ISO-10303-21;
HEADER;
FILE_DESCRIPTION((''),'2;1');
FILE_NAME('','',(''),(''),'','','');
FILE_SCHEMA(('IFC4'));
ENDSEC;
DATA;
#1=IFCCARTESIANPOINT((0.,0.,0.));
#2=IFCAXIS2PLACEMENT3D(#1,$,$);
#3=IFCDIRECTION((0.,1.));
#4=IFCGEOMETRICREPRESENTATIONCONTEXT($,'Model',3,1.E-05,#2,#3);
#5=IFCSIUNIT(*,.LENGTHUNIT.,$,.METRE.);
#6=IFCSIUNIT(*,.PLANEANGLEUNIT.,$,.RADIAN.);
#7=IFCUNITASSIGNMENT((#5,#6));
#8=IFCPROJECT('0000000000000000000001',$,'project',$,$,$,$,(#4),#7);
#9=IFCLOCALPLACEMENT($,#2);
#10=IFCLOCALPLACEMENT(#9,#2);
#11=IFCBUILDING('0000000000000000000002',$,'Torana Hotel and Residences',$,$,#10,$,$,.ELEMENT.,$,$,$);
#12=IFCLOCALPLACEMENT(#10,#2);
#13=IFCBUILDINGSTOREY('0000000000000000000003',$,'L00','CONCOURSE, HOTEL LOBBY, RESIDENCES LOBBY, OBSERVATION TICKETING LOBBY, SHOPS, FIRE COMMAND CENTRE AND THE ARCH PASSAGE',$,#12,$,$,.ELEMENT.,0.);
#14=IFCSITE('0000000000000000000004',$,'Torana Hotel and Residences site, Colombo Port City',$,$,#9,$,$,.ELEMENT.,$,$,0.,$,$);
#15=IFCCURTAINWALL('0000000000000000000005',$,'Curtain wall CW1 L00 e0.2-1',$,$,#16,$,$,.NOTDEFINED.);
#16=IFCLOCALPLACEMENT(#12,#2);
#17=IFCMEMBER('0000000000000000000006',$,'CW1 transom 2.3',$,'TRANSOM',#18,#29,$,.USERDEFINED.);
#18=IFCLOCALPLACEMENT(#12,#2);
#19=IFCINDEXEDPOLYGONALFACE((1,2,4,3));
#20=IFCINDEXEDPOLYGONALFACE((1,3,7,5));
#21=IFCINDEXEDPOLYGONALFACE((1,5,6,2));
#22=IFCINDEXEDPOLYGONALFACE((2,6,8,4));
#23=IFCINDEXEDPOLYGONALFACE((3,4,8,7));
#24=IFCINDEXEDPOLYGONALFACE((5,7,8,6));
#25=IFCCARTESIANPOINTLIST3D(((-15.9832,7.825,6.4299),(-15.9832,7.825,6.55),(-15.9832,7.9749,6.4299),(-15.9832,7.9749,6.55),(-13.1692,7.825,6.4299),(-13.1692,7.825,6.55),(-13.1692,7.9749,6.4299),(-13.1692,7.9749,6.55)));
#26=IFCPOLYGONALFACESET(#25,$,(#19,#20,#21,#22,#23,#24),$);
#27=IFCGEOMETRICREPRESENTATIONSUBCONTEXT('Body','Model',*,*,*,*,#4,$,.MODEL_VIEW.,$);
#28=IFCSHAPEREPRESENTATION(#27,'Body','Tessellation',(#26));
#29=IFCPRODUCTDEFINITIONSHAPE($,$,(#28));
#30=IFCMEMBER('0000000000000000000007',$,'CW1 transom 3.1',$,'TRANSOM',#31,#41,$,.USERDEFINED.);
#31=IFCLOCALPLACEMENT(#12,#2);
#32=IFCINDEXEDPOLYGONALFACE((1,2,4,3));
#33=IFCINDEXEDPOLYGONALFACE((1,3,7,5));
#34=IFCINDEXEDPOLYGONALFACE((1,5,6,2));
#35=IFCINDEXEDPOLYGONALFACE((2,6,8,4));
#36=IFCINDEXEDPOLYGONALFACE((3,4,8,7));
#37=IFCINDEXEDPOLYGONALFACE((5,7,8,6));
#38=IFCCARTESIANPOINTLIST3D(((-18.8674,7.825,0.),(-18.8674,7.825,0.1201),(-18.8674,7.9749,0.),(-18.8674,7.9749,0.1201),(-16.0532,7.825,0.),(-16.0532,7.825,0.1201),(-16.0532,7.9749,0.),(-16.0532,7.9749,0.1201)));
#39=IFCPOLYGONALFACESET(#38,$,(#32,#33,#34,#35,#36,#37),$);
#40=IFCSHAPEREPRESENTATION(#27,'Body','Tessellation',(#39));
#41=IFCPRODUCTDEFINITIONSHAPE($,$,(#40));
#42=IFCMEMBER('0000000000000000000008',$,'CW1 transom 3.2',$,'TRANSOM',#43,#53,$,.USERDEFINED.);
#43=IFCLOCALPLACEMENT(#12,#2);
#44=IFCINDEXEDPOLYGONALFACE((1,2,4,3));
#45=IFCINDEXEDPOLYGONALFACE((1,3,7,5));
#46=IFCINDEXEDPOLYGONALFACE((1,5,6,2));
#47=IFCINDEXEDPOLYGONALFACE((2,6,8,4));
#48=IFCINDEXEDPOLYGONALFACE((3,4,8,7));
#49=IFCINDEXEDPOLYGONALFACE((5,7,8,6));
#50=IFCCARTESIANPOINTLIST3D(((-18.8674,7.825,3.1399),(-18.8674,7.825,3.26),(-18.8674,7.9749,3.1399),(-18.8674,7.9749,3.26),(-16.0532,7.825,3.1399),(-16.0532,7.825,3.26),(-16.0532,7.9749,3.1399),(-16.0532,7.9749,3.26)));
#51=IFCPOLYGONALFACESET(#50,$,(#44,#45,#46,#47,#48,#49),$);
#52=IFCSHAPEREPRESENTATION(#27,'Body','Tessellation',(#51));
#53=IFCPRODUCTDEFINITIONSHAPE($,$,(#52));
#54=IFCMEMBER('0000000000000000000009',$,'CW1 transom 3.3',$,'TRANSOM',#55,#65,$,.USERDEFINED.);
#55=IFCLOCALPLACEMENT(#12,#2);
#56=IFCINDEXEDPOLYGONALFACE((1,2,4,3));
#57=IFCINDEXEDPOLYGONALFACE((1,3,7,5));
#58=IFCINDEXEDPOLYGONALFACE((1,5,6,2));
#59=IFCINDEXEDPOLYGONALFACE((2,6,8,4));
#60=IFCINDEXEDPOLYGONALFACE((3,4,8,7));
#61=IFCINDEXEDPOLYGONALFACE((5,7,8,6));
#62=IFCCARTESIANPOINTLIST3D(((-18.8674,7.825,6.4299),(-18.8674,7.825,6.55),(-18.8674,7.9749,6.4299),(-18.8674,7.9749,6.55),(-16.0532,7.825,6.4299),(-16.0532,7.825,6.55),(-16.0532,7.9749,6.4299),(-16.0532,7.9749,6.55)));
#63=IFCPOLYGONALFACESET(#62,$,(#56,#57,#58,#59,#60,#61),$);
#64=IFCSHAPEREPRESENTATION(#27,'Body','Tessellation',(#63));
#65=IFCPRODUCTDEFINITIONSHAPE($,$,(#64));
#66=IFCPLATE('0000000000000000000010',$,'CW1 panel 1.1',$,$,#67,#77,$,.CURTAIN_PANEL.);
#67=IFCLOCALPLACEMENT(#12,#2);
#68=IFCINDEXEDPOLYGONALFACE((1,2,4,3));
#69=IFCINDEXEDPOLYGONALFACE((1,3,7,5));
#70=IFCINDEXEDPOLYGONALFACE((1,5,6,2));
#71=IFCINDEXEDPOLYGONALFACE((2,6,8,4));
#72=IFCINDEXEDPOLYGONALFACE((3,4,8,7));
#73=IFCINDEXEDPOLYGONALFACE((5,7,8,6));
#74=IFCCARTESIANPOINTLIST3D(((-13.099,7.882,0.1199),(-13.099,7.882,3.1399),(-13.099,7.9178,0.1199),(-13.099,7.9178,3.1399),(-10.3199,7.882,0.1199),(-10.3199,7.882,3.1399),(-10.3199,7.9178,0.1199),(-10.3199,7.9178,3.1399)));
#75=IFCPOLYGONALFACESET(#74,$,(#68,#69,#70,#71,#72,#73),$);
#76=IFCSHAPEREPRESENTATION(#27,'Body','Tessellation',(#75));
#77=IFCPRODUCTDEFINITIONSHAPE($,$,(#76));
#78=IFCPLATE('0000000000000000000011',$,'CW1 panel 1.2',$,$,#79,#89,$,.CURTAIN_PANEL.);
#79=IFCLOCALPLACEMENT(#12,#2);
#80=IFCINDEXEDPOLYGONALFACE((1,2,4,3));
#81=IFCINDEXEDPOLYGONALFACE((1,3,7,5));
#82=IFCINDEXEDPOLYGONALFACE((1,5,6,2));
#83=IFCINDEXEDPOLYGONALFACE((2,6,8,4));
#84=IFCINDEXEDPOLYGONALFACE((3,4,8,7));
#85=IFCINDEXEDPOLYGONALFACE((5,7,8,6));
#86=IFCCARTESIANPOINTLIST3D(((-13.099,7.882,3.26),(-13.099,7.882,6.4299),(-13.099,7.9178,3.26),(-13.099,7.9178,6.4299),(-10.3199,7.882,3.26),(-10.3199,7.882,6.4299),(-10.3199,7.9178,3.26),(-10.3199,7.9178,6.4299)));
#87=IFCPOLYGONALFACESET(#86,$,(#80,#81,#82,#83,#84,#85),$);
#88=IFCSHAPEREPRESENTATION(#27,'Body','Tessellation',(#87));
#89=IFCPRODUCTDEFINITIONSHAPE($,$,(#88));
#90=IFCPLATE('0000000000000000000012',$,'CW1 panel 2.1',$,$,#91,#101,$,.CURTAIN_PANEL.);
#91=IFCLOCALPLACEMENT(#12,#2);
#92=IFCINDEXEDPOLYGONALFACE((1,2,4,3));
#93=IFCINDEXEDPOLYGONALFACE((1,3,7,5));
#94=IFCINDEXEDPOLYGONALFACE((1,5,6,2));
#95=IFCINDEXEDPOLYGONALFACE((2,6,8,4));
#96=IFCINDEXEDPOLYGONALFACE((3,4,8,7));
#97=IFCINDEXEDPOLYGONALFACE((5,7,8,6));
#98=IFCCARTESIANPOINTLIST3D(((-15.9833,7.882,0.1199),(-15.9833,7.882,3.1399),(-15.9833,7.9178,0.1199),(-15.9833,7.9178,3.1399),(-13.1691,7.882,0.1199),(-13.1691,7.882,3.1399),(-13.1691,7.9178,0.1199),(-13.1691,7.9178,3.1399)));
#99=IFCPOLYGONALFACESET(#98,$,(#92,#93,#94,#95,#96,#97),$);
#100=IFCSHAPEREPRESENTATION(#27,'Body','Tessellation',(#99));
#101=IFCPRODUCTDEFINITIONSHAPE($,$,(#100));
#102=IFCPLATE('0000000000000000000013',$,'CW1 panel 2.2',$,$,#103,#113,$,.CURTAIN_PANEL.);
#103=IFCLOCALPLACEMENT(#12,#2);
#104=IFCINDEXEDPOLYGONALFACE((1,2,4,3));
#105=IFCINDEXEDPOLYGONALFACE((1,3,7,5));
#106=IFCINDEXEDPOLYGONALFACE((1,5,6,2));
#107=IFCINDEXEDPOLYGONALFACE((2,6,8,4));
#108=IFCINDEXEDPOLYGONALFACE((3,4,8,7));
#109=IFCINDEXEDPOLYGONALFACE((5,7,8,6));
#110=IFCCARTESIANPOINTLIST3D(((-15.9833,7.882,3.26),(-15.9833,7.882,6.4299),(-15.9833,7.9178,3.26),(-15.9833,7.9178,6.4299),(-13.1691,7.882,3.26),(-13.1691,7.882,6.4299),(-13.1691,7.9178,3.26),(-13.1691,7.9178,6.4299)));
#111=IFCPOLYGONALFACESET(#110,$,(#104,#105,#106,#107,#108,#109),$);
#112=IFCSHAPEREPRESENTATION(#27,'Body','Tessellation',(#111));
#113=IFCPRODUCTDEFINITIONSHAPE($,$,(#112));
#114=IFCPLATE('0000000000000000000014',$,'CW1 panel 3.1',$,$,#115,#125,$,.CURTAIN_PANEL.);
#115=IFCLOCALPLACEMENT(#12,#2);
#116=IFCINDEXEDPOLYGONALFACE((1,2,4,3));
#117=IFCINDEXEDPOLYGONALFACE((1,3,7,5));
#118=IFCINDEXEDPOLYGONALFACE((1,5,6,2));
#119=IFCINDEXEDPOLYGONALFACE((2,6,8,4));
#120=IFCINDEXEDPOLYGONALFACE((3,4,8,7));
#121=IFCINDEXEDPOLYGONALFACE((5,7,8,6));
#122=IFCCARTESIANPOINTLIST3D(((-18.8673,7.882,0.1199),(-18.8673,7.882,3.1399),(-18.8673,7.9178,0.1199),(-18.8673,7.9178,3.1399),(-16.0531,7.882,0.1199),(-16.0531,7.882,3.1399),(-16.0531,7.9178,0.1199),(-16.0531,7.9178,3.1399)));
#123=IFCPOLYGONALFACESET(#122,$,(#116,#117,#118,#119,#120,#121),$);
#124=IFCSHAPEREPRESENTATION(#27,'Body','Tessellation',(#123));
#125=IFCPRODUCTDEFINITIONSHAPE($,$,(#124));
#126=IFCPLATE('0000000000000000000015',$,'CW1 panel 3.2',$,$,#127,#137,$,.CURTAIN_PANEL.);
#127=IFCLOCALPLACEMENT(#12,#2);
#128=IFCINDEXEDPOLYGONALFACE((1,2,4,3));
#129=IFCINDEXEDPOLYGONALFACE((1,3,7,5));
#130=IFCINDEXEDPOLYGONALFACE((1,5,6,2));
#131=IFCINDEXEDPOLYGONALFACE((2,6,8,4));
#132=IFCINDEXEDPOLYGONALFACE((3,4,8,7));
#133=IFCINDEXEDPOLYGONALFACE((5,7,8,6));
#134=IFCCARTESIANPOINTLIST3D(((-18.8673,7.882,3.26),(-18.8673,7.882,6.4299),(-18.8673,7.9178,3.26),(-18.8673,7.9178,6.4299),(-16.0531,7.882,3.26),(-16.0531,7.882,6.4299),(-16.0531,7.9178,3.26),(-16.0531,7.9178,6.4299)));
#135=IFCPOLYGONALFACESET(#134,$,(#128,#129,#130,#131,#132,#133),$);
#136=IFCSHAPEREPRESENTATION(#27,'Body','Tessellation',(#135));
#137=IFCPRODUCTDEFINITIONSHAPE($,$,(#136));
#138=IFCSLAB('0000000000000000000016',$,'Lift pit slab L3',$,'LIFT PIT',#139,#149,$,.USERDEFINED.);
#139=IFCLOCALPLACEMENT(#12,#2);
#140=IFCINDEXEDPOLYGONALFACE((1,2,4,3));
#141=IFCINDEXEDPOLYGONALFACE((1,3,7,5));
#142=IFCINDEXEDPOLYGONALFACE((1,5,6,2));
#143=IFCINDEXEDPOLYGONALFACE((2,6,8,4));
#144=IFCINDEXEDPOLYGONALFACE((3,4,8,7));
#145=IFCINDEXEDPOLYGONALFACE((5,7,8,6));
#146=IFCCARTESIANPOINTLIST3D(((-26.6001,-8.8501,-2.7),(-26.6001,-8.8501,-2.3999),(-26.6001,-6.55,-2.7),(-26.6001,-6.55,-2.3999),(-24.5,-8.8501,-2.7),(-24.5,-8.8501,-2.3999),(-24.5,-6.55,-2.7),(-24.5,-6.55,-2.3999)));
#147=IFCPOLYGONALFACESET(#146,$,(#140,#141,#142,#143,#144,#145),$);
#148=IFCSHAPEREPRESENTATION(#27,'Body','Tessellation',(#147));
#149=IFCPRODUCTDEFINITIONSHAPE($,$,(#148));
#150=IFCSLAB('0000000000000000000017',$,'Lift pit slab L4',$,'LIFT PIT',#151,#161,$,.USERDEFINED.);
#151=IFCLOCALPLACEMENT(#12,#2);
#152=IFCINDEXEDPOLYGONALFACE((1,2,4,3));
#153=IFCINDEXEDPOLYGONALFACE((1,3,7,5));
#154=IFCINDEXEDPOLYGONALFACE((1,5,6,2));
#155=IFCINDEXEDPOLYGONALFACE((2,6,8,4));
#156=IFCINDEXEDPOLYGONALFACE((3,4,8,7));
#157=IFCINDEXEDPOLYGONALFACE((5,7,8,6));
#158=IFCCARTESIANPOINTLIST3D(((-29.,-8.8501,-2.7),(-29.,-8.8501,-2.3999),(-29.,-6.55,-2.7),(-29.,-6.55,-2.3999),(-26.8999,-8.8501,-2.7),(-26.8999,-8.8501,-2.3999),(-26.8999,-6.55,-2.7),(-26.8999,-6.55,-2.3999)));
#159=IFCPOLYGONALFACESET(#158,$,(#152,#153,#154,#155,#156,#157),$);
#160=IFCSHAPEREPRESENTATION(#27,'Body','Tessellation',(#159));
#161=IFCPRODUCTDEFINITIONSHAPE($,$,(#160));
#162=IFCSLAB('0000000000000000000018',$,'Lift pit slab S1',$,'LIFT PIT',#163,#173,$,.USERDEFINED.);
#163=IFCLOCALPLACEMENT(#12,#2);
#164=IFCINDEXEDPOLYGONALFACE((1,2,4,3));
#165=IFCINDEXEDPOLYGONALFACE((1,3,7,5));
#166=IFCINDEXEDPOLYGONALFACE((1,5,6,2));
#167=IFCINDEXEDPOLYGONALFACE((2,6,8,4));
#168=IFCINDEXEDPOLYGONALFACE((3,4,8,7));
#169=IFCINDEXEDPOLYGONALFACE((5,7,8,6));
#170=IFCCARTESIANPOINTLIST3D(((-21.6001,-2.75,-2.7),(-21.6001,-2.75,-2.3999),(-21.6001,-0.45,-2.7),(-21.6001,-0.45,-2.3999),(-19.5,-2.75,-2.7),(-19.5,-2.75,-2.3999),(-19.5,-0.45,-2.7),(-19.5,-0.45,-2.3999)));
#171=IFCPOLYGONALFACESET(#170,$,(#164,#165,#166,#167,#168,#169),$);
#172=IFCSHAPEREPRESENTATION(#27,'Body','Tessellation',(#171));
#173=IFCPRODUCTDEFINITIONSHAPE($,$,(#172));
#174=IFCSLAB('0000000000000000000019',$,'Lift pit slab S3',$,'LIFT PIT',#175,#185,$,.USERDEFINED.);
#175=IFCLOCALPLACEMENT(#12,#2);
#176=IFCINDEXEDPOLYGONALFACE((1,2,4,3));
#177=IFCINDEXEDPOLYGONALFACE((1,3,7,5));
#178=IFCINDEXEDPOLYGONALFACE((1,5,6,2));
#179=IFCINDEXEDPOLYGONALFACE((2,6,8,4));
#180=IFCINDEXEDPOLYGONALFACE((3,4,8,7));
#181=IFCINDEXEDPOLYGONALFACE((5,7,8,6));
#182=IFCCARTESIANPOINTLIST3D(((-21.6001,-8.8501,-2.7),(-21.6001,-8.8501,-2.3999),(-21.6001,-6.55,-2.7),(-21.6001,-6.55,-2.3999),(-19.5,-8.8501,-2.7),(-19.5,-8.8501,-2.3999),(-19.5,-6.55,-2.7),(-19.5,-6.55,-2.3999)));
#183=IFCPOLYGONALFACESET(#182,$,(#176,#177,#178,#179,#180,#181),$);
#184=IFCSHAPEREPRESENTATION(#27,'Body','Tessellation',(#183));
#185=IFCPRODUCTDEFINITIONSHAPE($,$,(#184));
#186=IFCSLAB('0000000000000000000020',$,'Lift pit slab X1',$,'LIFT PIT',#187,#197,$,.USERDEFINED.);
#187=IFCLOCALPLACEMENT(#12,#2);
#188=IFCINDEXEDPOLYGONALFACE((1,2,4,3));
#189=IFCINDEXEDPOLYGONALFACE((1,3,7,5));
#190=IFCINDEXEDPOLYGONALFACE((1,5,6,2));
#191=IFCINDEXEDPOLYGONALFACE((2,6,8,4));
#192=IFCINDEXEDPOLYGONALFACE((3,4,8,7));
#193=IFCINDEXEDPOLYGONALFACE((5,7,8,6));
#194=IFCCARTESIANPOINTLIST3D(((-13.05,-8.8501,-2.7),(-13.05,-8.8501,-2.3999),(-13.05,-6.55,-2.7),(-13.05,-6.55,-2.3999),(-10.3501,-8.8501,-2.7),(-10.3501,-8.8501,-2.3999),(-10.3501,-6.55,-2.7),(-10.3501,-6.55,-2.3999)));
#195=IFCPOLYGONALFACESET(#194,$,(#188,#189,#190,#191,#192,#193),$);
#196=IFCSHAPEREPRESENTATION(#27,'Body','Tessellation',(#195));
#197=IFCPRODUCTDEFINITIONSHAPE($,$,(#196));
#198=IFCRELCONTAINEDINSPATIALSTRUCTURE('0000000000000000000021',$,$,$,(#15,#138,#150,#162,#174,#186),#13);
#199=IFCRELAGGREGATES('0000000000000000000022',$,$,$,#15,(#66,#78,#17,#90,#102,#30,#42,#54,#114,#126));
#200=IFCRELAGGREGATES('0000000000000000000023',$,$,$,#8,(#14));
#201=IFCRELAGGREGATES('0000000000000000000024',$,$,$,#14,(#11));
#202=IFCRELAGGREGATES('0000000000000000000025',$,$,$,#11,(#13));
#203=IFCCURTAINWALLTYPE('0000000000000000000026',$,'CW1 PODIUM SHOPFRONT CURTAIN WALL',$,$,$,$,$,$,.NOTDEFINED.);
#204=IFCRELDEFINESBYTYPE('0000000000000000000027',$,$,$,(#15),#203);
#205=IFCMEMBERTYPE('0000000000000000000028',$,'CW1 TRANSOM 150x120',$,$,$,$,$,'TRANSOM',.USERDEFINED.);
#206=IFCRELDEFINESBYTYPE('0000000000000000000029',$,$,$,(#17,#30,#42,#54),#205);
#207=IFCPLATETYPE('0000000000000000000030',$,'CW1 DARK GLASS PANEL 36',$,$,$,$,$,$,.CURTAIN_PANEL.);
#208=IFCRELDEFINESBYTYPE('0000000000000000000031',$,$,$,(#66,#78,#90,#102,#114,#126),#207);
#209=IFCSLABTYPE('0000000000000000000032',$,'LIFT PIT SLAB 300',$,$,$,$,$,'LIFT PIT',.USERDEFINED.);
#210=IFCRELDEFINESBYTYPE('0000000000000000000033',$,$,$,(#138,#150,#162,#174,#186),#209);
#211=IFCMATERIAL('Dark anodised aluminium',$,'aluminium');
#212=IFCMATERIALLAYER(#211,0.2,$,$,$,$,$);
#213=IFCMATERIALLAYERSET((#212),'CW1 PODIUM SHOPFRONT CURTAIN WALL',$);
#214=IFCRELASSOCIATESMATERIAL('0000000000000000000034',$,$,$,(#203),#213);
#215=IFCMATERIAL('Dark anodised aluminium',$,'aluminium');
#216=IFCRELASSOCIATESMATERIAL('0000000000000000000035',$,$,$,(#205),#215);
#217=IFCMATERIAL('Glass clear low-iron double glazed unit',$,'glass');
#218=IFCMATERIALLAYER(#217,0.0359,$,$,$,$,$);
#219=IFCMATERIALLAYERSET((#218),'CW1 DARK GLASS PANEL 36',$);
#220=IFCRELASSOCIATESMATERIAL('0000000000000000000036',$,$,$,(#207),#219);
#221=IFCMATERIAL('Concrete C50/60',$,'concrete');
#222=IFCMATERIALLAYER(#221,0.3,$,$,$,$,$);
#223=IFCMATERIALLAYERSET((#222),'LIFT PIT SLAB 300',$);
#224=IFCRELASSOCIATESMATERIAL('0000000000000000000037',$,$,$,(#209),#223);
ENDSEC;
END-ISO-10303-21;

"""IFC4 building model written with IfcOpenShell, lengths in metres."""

from ifc_helpers import new_model, si_unit, direction, frame, origin, origin_2d, place, context, subcontext, project, spatial, polyline, rectangle, outline, extrude, material, layer, layer_set, material_profile, profile_set, type_object, element, aggregate, save


model = new_model("IFC4")

# Units and contexts
model_context = context("Model", 3, precision=1e-05, world=origin(), true_north=direction((0.0, 1.0)))
body_context = subcontext(model_context, "Body", "Model", "MODEL_VIEW")
ifc_project = project(units=[si_unit("LENGTHUNIT", "METRE"), si_unit("PLANEANGLEUNIT", "RADIAN")], contexts=[model_context])

# Site, building, storey
site_placement = place(None, origin())
site = spatial("IfcSite", under=ifc_project, at=site_placement, Name="Torana Hotel and Residences site, Colombo Port City", CompositionType="ELEMENT", RefElevation=0.0)
building_placement = place(site_placement, origin())
building = spatial("IfcBuilding", under=site, at=building_placement, Name="Torana Hotel and Residences", CompositionType="ELEMENT")
storey_placement = place(building_placement, origin())
storey = spatial("IfcBuildingStorey", under=building, at=storey_placement, Name="L00", Description="CONCOURSE, HOTEL LOBBY, RESIDENCES LOBBY, OBSERVATION TICKETING LOBBY, SHOPS, FIRE COMMAND CENTRE AND THE ARCH PASSAGE", CompositionType="ELEMENT", Elevation=0.0)

# Curtain wall, members, plates
ifc_material_1 = material(Name="Dark anodised aluminium", Category="aluminium")
ifc_layer_1 = layer(ifc_material_1, 0.2)
ifc_layer_set_1 = layer_set([ifc_layer_1], Name="CW1 PODIUM SHOPFRONT CURTAIN WALL")
curtain_wall_type = type_object("IfcCurtainWallType", Name="CW1 PODIUM SHOPFRONT CURTAIN WALL", PredefinedType="NOTDEFINED", material=ifc_layer_set_1)
curtain_wall_placement = place(storey_placement, origin())
curtain_wall = element("IfcCurtainWall", 1, at=curtain_wall_placement, inside=storey, type_object=curtain_wall_type, Name="Curtain wall CW1 L00 e0.2-1", PredefinedType="NOTDEFINED")
ifc_material_2 = material(Name="Dark anodised aluminium", Category="aluminium")
ifc_material_profile_1 = material_profile(ifc_material_2, rectangle(XDim=0.1499, YDim=0.1201, at=origin_2d()), Name="CW1 TRANSOM 150x120")
ifc_profile_set_1 = profile_set([ifc_material_profile_1], Name="Dark anodised aluminium")
member_type_1 = type_object("IfcMemberType", Name="CW1 TRANSOM 150x120", ElementType="TRANSOM", PredefinedType="USERDEFINED", material=ifc_profile_set_1)
member_1_placement = place(storey_placement, frame((-13.1692, 7.8999, 6.49), z_axis=(-1.0, 0.0, 0.0), x_axis=(0.0, -1.0, 0.0)))
member_1 = element("IfcMember", 2, at=member_1_placement, type_object=member_type_1, Name="CW1 transom 2.3", ObjectType="TRANSOM", PredefinedType="USERDEFINED", context=body_context, shape_type="SweptSolid", body=[
    extrude(rectangle(XDim=0.1499, YDim=0.1201, at=origin_2d()), origin(), (0.0, 0.0, 1.0), 2.814),
])
member_2_placement = place(storey_placement, frame((-16.0532, 7.8999, 0.0601), z_axis=(-1.0, 0.0, 0.0), x_axis=(0.0, -1.0, 0.0)))
member_2 = element("IfcMember", 3, at=member_2_placement, type_object=member_type_1, Name="CW1 transom 3.1", ObjectType="TRANSOM", PredefinedType="USERDEFINED", context=body_context, shape_type="SweptSolid", body=[
    extrude(rectangle(XDim=0.1499, YDim=0.1201, at=origin_2d()), origin(), (0.0, 0.0, 1.0), 2.8142),
])
member_3_placement = place(storey_placement, frame((-16.0532, 7.8999, 3.2), z_axis=(-1.0, 0.0, 0.0), x_axis=(0.0, -1.0, 0.0)))
member_3 = element("IfcMember", 4, at=member_3_placement, type_object=member_type_1, Name="CW1 transom 3.2", ObjectType="TRANSOM", PredefinedType="USERDEFINED", context=body_context, shape_type="SweptSolid", body=[
    extrude(rectangle(XDim=0.1499, YDim=0.1201, at=origin_2d()), origin(), (0.0, 0.0, 1.0), 2.8142),
])
member_4_placement = place(storey_placement, frame((-16.0532, 7.8999, 6.49), z_axis=(-1.0, 0.0, 0.0), x_axis=(0.0, -1.0, 0.0)))
member_4 = element("IfcMember", 5, at=member_4_placement, type_object=member_type_1, Name="CW1 transom 3.3", ObjectType="TRANSOM", PredefinedType="USERDEFINED", context=body_context, shape_type="SweptSolid", body=[
    extrude(rectangle(XDim=0.1499, YDim=0.1201, at=origin_2d()), origin(), (0.0, 0.0, 1.0), 2.8142),
])
ifc_material_3 = material(Name="Glass clear low-iron double glazed unit", Category="glass")
ifc_layer_2 = layer(ifc_material_3, 0.0359)
ifc_layer_set_2 = layer_set([ifc_layer_2], Name="CW1 DARK GLASS PANEL 36")
plate_type = type_object("IfcPlateType", Name="CW1 DARK GLASS PANEL 36", PredefinedType="CURTAIN_PANEL", material=ifc_layer_set_2)
plate_1_placement = place(storey_placement, frame((-11.7095, 7.8999, 0.1199), z_axis=(0.0, 0.0, 1.0), x_axis=(-1.0, 0.0, 0.0)))
plate_1 = element("IfcPlate", 6, at=plate_1_placement, type_object=plate_type, Name="CW1 panel 1.1", PredefinedType="CURTAIN_PANEL", context=body_context, shape_type="SweptSolid", body=[
    extrude(rectangle(XDim=2.7791, YDim=0.0359, at=origin_2d()), origin(), (0.0, 0.0, 1.0), 3.02),
])
plate_2_placement = place(storey_placement, frame((-11.7095, 7.8999, 3.26), z_axis=(0.0, 0.0, 1.0), x_axis=(-1.0, 0.0, 0.0)))
plate_2 = element("IfcPlate", 7, at=plate_2_placement, type_object=plate_type, Name="CW1 panel 1.2", PredefinedType="CURTAIN_PANEL", context=body_context, shape_type="SweptSolid", body=[
    extrude(rectangle(XDim=2.7791, YDim=0.0359, at=origin_2d()), origin(), (0.0, 0.0, 1.0), 3.1699),
])
plate_3_placement = place(storey_placement, frame((-14.5762, 7.8999, 0.1199), z_axis=(0.0, 0.0, 1.0), x_axis=(-1.0, 0.0, 0.0)))
plate_3 = element("IfcPlate", 8, at=plate_3_placement, type_object=plate_type, Name="CW1 panel 2.1", PredefinedType="CURTAIN_PANEL", context=body_context, shape_type="SweptSolid", body=[
    extrude(rectangle(XDim=2.8142, YDim=0.0359, at=origin_2d()), origin(), (0.0, 0.0, 1.0), 3.02),
])
plate_4_placement = place(storey_placement, frame((-14.5762, 7.8999, 3.26), z_axis=(0.0, 0.0, 1.0), x_axis=(-1.0, 0.0, 0.0)))
plate_4 = element("IfcPlate", 9, at=plate_4_placement, type_object=plate_type, Name="CW1 panel 2.2", PredefinedType="CURTAIN_PANEL", context=body_context, shape_type="SweptSolid", body=[
    extrude(rectangle(XDim=2.8142, YDim=0.0359, at=origin_2d()), origin(), (0.0, 0.0, 1.0), 3.1699),
])
plate_5_placement = place(storey_placement, frame((-17.4602, 7.8999, 0.1199), z_axis=(0.0, 0.0, 1.0), x_axis=(-1.0, 0.0, 0.0)))
plate_5 = element("IfcPlate", 10, at=plate_5_placement, type_object=plate_type, Name="CW1 panel 3.1", PredefinedType="CURTAIN_PANEL", context=body_context, shape_type="SweptSolid", body=[
    extrude(rectangle(XDim=2.8142, YDim=0.0359, at=origin_2d()), origin(), (0.0, 0.0, 1.0), 3.02),
])
plate_6_placement = place(storey_placement, frame((-17.4602, 7.8999, 3.26), z_axis=(0.0, 0.0, 1.0), x_axis=(-1.0, 0.0, 0.0)))
plate_6 = element("IfcPlate", 11, at=plate_6_placement, type_object=plate_type, Name="CW1 panel 3.2", PredefinedType="CURTAIN_PANEL", context=body_context, shape_type="SweptSolid", body=[
    extrude(rectangle(XDim=2.8142, YDim=0.0359, at=origin_2d()), origin(), (0.0, 0.0, 1.0), 3.1699),
])
aggregate(curtain_wall, [plate_1, plate_2, member_1, plate_3, plate_4, member_2, member_3, member_4, plate_5, plate_6])

# Slabs
ifc_material_4 = material(Name="Concrete C50/60", Category="concrete")
ifc_layer_3 = layer(ifc_material_4, 0.3)
ifc_layer_set_3 = layer_set([ifc_layer_3], Name="LIFT PIT SLAB 300")
slab_type = type_object("IfcSlabType", Name="LIFT PIT SLAB 300", ElementType="LIFT PIT", PredefinedType="USERDEFINED", material=ifc_layer_set_3)
slab_1_placement = place(storey_placement, frame((0.0, 0.0, -2.7)))
element("IfcSlab", 12, at=slab_1_placement, inside=storey, type_object=slab_type, Name="Lift pit slab L3", ObjectType="LIFT PIT", PredefinedType="USERDEFINED", context=body_context, shape_type="SweptSolid", body=[
    extrude(outline(polyline([(-26.6001, -8.8501), (-24.5, -8.8501), (-24.5, -6.55), (-26.6001, -6.55), (-26.6001, -8.8501)])), origin(), (0.0, 0.0, 1.0), 0.3),
])
slab_2_placement = place(storey_placement, frame((0.0, 0.0, -2.7)))
element("IfcSlab", 13, at=slab_2_placement, inside=storey, type_object=slab_type, Name="Lift pit slab L4", ObjectType="LIFT PIT", PredefinedType="USERDEFINED", context=body_context, shape_type="SweptSolid", body=[
    extrude(outline(polyline([(-29.0, -8.8501), (-26.8999, -8.8501), (-26.8999, -6.55), (-29.0, -6.55), (-29.0, -8.8501)])), origin(), (0.0, 0.0, 1.0), 0.3),
])
slab_3_placement = place(storey_placement, frame((0.0, 0.0, -2.7)))
element("IfcSlab", 14, at=slab_3_placement, inside=storey, type_object=slab_type, Name="Lift pit slab S1", ObjectType="LIFT PIT", PredefinedType="USERDEFINED", context=body_context, shape_type="SweptSolid", body=[
    extrude(outline(polyline([(-21.6001, -2.75), (-19.5, -2.75), (-19.5, -0.45), (-21.6001, -0.45), (-21.6001, -2.75)])), origin(), (0.0, 0.0, 1.0), 0.3),
])
slab_4_placement = place(storey_placement, frame((0.0, 0.0, -2.7)))
element("IfcSlab", 15, at=slab_4_placement, inside=storey, type_object=slab_type, Name="Lift pit slab S3", ObjectType="LIFT PIT", PredefinedType="USERDEFINED", context=body_context, shape_type="SweptSolid", body=[
    extrude(outline(polyline([(-21.6001, -8.8501), (-19.5, -8.8501), (-19.5, -6.55), (-21.6001, -6.55), (-21.6001, -8.8501)])), origin(), (0.0, 0.0, 1.0), 0.3),
])
slab_5_placement = place(storey_placement, frame((0.0, 0.0, -2.7)))
element("IfcSlab", 16, at=slab_5_placement, inside=storey, type_object=slab_type, Name="Lift pit slab X1", ObjectType="LIFT PIT", PredefinedType="USERDEFINED", context=body_context, shape_type="SweptSolid", body=[
    extrude(outline(polyline([(-13.05, -8.8501), (-10.3501, -8.8501), (-10.3501, -6.55), (-13.05, -6.55), (-13.05, -8.8501)])), origin(), (0.0, 0.0, 1.0), 0.3),
])

save(model, "model.ifc")
